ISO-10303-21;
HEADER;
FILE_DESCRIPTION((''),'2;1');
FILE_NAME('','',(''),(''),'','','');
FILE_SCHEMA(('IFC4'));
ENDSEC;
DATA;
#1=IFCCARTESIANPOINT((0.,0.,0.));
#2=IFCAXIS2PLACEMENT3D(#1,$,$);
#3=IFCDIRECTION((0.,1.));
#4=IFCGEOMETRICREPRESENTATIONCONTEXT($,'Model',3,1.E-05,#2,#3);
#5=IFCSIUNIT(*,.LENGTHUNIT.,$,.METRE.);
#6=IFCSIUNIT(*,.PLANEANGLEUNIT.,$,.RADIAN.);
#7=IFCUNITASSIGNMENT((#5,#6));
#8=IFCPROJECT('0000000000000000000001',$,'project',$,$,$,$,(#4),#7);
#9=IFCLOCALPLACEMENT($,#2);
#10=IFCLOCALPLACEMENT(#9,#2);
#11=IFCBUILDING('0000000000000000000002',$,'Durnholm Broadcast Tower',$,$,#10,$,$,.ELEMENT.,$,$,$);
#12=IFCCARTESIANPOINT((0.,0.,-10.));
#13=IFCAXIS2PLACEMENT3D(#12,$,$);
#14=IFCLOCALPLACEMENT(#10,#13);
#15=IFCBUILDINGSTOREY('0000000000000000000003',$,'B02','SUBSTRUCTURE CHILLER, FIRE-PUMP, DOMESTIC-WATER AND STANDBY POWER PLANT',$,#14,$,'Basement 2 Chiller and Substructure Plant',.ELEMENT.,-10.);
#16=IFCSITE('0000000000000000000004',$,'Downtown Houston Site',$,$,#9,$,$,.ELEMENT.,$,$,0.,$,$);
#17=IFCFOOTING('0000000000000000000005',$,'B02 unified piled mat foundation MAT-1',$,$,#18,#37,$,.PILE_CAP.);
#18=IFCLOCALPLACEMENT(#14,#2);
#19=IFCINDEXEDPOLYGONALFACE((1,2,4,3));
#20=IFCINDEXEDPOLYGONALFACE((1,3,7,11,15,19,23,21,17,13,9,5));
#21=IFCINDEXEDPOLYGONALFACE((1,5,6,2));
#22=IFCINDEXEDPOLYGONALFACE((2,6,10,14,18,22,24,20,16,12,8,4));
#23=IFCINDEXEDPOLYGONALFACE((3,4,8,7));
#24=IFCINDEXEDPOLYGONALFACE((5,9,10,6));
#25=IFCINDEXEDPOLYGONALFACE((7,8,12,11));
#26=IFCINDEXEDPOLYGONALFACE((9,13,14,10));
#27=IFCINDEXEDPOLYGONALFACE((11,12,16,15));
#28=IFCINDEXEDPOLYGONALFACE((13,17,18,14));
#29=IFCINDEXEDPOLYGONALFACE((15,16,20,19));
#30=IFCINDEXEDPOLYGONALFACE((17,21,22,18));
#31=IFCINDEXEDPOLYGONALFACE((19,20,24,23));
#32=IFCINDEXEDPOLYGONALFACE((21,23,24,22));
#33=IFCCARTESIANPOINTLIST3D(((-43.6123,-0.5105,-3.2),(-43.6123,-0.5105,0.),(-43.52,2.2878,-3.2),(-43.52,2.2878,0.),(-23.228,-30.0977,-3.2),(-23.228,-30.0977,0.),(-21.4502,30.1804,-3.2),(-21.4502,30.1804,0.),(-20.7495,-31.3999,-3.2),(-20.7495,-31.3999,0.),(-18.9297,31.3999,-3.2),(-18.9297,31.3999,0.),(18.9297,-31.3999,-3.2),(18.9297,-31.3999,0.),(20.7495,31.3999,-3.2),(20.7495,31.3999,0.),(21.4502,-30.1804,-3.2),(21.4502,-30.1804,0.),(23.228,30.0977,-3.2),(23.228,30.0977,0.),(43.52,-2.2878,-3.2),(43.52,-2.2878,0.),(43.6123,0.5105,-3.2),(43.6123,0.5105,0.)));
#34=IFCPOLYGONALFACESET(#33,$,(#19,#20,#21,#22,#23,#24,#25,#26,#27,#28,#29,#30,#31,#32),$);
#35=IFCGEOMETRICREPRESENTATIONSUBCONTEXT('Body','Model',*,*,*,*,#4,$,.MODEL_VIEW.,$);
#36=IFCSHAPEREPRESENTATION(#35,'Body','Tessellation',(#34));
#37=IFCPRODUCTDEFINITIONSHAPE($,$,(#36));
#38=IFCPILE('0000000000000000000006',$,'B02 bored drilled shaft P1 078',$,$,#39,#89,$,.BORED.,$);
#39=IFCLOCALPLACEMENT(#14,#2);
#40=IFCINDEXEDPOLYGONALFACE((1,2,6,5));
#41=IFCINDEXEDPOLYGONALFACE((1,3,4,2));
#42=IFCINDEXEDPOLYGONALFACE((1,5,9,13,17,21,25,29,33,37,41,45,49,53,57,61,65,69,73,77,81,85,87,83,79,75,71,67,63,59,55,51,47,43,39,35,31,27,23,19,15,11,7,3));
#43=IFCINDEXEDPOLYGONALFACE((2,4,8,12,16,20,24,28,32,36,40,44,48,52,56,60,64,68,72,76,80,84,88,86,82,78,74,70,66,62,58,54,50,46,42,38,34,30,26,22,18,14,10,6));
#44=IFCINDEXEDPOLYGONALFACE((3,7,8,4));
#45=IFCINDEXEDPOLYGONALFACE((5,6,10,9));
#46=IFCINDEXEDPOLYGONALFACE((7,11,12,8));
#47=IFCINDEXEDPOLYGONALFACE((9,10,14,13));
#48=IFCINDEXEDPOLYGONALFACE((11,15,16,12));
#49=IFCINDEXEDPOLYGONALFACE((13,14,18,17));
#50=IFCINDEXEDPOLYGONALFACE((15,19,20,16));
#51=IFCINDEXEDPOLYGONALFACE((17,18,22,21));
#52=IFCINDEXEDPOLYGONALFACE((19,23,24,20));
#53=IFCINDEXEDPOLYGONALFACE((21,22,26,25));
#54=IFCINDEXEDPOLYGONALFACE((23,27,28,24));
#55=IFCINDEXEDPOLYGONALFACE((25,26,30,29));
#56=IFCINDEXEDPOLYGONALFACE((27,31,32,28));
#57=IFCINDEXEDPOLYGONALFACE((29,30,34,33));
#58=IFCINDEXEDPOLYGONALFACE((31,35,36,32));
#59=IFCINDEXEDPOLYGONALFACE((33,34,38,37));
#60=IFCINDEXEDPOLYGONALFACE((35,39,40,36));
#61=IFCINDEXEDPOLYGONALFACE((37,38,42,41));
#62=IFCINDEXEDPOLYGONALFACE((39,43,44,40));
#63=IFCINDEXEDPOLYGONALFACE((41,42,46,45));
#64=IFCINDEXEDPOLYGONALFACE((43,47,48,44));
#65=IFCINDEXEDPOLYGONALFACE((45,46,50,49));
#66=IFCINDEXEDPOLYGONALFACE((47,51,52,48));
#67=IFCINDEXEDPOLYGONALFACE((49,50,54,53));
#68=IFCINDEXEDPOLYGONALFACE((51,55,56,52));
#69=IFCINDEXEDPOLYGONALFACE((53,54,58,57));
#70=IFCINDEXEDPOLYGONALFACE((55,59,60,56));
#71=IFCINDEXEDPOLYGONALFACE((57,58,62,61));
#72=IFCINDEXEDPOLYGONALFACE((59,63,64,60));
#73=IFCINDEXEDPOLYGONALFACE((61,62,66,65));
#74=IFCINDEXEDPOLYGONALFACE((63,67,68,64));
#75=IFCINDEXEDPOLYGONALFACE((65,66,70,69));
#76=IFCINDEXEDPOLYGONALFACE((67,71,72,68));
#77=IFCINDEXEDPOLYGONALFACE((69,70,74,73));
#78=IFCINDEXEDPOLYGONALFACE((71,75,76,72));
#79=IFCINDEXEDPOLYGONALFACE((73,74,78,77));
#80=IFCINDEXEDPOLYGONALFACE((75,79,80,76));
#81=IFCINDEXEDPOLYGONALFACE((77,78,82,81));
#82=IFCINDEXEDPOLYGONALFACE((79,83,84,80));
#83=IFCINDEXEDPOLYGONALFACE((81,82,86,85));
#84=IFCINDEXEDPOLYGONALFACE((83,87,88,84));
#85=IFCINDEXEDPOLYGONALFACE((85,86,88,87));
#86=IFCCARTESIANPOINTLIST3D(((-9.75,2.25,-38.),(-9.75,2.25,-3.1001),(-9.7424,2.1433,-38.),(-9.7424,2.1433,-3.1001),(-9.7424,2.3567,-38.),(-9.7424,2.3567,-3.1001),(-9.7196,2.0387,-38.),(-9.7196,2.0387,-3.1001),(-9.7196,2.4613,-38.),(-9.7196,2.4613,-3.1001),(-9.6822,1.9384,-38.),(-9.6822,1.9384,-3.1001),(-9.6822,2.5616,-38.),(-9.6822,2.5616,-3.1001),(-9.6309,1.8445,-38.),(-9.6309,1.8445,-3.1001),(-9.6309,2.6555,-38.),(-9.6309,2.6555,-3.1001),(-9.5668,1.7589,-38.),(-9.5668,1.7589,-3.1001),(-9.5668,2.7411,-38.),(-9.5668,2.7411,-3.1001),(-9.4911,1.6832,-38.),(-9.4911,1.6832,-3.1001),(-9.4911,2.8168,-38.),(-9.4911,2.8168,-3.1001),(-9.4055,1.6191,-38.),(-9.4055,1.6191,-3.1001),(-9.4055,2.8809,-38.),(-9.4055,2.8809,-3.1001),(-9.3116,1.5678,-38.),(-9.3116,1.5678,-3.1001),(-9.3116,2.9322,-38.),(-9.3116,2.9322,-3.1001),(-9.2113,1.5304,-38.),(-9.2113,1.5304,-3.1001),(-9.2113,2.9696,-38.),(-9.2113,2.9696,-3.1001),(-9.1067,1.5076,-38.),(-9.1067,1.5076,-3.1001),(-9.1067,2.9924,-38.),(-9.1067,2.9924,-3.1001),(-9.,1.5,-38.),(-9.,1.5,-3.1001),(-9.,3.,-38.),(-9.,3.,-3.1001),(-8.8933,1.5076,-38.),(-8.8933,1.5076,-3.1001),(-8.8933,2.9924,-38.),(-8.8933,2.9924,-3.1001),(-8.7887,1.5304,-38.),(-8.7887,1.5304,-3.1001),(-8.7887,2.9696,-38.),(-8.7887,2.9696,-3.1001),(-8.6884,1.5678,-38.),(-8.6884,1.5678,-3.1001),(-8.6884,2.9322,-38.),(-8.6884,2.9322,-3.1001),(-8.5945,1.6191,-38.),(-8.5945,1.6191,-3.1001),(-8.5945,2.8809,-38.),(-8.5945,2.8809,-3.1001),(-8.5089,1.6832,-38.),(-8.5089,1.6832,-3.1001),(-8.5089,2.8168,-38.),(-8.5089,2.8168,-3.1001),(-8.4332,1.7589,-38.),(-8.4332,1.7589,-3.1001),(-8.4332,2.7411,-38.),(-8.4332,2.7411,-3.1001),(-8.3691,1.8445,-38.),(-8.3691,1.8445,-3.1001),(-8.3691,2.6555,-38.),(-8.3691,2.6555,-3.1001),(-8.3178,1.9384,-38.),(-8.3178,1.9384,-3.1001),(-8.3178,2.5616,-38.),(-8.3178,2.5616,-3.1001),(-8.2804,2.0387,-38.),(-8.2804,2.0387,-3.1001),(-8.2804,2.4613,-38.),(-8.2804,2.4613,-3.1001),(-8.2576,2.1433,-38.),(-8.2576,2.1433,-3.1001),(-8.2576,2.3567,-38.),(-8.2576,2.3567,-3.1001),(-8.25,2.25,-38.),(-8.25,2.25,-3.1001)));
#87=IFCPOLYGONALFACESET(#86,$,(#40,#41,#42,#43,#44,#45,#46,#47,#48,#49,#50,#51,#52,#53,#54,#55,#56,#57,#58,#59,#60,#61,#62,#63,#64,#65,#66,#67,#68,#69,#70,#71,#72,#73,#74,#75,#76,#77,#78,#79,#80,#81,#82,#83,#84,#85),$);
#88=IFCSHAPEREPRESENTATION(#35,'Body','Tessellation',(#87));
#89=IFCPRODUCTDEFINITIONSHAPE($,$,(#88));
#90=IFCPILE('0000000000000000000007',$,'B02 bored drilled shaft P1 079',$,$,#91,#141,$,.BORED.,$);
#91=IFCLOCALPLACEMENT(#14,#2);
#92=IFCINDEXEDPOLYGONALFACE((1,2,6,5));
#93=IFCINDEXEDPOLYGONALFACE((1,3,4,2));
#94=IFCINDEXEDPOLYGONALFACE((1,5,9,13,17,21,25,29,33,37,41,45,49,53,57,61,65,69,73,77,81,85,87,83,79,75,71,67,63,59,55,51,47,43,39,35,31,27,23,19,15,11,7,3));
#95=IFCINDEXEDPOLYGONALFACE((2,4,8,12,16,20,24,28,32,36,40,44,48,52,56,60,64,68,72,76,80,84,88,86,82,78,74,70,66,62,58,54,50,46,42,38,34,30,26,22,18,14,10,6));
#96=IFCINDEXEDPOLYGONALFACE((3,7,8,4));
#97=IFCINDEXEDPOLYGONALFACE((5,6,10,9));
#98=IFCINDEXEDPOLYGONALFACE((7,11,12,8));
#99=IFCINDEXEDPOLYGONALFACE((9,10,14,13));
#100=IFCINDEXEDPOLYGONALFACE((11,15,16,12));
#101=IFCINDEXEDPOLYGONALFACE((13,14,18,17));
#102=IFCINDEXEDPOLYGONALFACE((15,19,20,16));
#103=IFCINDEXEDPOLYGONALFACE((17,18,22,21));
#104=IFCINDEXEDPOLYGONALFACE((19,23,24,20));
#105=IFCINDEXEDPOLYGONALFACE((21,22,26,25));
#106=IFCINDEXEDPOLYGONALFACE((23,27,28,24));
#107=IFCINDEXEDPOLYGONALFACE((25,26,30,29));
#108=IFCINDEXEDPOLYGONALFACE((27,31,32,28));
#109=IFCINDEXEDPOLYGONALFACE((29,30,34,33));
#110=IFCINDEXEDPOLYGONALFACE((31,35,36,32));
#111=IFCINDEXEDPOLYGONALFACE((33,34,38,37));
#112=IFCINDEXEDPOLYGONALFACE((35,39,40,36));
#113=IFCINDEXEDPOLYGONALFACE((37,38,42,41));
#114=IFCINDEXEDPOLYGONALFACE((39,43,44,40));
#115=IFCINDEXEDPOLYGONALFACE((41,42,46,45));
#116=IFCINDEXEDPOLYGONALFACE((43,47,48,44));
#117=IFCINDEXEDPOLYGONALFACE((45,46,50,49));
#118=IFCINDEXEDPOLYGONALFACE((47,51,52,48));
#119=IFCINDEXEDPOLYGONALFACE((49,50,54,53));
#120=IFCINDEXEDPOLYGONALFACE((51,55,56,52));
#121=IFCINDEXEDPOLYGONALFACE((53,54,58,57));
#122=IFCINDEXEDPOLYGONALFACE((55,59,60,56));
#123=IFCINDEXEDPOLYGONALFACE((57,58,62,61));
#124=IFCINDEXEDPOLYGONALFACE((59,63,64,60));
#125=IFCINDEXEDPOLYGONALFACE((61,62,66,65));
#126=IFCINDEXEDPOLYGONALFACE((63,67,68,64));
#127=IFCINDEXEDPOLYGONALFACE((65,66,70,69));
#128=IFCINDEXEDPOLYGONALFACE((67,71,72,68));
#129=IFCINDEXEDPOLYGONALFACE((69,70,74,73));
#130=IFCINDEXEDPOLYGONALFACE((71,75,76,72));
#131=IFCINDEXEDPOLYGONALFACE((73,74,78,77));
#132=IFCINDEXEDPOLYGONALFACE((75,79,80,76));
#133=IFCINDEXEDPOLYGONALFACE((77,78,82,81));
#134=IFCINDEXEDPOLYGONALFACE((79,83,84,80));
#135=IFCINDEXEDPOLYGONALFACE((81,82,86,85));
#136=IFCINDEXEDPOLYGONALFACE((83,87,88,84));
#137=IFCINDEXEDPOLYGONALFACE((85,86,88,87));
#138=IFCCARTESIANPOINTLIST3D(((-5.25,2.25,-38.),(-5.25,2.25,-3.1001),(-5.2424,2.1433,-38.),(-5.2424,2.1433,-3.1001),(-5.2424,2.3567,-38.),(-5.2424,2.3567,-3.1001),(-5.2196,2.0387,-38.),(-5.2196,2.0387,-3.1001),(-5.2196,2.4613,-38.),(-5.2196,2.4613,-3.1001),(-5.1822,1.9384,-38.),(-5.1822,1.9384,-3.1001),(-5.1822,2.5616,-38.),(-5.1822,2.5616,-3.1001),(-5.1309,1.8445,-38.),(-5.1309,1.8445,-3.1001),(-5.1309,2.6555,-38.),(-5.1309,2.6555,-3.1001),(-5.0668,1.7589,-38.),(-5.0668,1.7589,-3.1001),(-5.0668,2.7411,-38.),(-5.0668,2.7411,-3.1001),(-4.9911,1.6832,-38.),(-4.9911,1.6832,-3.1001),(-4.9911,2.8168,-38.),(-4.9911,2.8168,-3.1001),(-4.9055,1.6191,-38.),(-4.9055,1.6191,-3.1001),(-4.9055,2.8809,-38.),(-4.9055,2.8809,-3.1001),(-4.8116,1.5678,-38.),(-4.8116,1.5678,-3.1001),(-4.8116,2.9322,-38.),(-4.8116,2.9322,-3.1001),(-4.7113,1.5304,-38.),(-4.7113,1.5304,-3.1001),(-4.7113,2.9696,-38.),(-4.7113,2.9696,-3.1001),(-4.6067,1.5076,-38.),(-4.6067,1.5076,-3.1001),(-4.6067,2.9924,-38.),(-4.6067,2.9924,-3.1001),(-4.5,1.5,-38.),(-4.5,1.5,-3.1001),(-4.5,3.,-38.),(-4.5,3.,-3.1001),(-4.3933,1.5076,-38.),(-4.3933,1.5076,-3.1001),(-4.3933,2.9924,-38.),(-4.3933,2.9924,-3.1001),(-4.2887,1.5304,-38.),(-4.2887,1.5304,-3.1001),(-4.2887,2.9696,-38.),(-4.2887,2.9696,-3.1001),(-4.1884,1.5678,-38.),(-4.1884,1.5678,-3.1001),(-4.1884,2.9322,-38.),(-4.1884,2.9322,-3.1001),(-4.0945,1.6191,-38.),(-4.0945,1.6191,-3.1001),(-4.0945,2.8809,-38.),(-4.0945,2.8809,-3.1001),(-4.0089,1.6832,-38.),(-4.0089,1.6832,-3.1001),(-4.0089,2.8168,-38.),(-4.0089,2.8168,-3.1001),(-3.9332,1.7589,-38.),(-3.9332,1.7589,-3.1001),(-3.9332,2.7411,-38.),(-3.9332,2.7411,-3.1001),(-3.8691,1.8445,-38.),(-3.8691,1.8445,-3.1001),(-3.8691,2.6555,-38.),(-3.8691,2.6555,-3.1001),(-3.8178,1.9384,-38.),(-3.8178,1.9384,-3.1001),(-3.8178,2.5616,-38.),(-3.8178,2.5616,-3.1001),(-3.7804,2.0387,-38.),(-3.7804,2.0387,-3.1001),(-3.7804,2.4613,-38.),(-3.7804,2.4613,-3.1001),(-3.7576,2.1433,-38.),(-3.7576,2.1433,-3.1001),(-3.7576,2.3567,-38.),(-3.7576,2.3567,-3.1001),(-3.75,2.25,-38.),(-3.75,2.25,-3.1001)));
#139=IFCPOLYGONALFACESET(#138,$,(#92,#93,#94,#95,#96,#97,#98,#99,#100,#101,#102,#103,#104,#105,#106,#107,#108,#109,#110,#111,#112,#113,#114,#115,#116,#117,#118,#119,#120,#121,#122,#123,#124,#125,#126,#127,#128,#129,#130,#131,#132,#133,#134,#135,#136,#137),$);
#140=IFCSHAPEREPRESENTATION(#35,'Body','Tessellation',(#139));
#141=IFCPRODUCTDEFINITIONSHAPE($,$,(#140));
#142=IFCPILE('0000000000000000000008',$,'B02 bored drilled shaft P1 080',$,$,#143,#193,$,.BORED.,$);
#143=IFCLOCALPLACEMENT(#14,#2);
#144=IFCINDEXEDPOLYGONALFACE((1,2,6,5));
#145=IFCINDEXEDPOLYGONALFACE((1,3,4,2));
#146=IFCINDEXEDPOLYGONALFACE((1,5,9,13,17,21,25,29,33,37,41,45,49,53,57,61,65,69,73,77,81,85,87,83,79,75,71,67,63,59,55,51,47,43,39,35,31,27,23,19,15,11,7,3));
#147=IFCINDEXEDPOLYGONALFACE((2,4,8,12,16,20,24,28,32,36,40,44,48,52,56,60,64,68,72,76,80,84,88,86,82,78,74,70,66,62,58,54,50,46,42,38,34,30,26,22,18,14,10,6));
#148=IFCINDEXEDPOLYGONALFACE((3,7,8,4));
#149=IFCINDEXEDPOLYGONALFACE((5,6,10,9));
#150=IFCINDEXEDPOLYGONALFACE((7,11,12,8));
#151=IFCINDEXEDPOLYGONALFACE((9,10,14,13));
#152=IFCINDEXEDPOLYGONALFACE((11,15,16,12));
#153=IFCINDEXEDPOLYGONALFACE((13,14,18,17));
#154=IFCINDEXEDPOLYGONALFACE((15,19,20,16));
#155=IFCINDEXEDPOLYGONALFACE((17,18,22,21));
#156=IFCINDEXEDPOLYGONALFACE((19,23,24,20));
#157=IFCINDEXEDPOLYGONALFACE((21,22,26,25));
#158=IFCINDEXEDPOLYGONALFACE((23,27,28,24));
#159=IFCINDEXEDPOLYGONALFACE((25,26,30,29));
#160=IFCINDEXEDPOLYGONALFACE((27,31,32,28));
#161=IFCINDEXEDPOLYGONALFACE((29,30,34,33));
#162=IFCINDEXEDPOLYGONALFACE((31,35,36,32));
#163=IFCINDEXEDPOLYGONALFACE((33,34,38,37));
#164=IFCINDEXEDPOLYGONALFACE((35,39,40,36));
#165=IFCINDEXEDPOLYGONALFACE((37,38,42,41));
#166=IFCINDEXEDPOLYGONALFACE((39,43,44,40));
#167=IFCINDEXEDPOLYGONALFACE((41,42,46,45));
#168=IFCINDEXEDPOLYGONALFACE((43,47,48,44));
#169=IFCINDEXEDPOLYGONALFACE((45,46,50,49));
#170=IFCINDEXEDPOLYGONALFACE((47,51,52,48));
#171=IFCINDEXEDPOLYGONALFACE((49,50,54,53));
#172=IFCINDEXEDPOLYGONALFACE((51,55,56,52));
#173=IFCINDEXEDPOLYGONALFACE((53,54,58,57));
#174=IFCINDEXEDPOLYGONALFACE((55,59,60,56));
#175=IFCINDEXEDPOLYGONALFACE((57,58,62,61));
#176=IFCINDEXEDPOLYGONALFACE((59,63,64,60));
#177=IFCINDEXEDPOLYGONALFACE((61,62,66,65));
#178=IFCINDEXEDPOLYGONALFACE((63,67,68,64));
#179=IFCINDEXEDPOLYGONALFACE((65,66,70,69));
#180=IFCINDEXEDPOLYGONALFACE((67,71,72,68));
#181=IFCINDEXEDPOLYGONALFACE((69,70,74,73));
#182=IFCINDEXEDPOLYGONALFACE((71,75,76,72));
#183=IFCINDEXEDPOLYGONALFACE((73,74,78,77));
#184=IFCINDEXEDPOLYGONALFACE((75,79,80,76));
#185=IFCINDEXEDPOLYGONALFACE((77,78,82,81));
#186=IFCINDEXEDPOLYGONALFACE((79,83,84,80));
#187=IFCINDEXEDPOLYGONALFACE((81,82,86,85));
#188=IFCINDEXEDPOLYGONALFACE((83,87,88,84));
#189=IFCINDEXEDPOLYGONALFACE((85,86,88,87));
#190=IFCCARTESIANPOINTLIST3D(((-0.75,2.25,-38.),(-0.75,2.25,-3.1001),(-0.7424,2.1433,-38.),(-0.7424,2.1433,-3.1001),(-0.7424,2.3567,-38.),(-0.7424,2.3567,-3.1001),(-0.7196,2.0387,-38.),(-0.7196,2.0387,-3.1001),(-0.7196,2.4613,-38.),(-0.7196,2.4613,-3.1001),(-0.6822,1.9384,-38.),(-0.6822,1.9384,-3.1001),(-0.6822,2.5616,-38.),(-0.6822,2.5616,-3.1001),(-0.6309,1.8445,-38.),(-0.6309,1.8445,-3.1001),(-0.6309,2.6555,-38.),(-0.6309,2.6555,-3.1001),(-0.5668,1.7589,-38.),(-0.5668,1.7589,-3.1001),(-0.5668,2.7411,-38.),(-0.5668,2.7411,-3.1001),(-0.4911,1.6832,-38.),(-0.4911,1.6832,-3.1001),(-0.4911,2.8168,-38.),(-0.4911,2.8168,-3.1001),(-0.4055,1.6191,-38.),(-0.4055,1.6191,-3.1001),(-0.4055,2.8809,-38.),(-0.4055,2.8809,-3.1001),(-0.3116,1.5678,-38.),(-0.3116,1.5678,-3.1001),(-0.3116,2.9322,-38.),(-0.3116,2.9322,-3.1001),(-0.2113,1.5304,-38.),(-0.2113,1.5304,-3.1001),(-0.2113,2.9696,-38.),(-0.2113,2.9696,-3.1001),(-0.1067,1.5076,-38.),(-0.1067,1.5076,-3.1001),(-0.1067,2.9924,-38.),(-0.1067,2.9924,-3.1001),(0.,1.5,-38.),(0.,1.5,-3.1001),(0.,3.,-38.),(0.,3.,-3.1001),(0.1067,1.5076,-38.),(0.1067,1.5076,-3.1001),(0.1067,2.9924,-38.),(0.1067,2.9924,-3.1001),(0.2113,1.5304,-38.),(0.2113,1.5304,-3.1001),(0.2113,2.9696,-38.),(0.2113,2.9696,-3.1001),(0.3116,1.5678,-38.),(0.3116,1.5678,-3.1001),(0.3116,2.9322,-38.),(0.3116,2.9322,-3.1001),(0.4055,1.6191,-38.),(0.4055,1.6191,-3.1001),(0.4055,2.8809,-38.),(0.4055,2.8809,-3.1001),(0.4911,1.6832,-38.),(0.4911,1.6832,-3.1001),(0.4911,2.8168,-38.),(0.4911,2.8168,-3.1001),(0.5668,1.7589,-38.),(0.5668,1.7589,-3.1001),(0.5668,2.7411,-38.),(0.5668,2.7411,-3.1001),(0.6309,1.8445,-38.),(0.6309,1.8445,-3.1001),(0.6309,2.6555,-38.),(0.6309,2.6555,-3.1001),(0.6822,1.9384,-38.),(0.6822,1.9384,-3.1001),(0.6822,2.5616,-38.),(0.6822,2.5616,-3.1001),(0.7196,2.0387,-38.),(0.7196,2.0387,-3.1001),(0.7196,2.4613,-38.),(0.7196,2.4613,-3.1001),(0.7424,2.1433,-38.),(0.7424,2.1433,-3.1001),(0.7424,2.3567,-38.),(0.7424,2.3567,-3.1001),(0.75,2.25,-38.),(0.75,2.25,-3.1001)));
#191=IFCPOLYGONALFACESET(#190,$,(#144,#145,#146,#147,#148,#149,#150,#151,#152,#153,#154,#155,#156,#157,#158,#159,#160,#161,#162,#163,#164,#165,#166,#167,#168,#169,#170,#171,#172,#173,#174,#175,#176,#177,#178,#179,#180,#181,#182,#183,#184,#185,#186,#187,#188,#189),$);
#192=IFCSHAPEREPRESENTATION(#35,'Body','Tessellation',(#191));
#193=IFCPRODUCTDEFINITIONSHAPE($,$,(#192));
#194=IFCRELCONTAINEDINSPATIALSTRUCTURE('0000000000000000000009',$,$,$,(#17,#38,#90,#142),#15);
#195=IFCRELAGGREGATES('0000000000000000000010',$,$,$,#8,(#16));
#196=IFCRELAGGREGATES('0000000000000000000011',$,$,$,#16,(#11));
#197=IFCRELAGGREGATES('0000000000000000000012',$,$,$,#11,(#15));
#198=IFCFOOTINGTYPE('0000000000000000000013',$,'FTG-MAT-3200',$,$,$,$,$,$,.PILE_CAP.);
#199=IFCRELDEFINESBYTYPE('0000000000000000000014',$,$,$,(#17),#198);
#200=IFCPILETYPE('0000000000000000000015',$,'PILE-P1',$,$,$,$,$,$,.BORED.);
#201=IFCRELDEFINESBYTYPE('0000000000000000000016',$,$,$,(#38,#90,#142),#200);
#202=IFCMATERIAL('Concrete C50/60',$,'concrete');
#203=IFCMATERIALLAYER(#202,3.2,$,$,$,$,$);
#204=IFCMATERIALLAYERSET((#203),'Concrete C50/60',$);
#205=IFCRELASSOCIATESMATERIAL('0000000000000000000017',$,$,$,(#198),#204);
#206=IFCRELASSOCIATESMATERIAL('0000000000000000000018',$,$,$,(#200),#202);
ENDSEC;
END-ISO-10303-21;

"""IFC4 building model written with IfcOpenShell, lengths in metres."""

from ifc_helpers import new_model, si_unit, direction, frame, origin, origin_2d, place, context, subcontext, project, spatial, polyline, circle, outline, extrude, source, transform, mapped, material, layer, layer_set, material_profile, profile_set, type_object, type_shapes, element, save


model = new_model("IFC4")

# Units and contexts
model_context = context("Model", 3, precision=1e-05, world=origin(), true_north=direction((0.0, 1.0)))
body_context = subcontext(model_context, "Body", "Model", "MODEL_VIEW")
ifc_project = project(units=[si_unit("LENGTHUNIT", "METRE"), si_unit("PLANEANGLEUNIT", "RADIAN")], contexts=[model_context])

# Site, building, storey
site_placement = place(None, origin())
site = spatial("IfcSite", under=ifc_project, at=site_placement, Name="Downtown Houston Site", CompositionType="ELEMENT", RefElevation=0.0)
building_placement = place(site_placement, origin())
building = spatial("IfcBuilding", under=site, at=building_placement, Name="Durnholm Broadcast Tower", CompositionType="ELEMENT")
storey_placement = place(building_placement, frame((0.0, 0.0, -10.0)))
storey = spatial("IfcBuildingStorey", under=building, at=storey_placement, Name="B02", Description="SUBSTRUCTURE CHILLER, FIRE-PUMP, DOMESTIC-WATER AND STANDBY POWER PLANT", LongName="Basement 2 Chiller and Substructure Plant", CompositionType="ELEMENT", Elevation=-10.0)

# Footing
ifc_material_1 = material(Name="Concrete C50/60", Category="concrete")
ifc_layer_1 = layer(ifc_material_1, 3.2)
ifc_layer_set_1 = layer_set([ifc_layer_1], Name="Concrete C50/60")
footing_type = type_object("IfcFootingType", Name="FTG-MAT-3200", PredefinedType="PILE_CAP", material=ifc_layer_set_1)
footing_placement = place(storey_placement, frame((0.0, 0.0, -3.2)))
element("IfcFooting", 1, at=footing_placement, inside=storey, type_object=footing_type, Name="B02 unified piled mat foundation MAT-1", PredefinedType="PILE_CAP", context=body_context, shape_type="SweptSolid", body=[
    extrude(outline(polyline([(-23.228, -30.0977), (-20.7495, -31.3999), (18.9297, -31.3999), (21.4502, -30.1804), (43.52, -2.2878), (43.6123, 0.5105), (23.228, 30.0977), (20.7495, 31.3999), (-18.9297, 31.3999), (-21.4502, 30.1804), (-43.52, 2.2878), (-43.6123, -0.5105), (-23.228, -30.0977)])), origin(), (0.0, 0.0, 1.0), 3.2),
])

# Piles
ifc_material_profile_1 = material_profile(ifc_material_1, circle(Radius=0.75, at=origin_2d()), Name="PILE1500")
ifc_profile_set_1 = profile_set([ifc_material_profile_1], Name="Concrete C50/60")
pile_type = type_object("IfcPileType", Name="PILE-P1", PredefinedType="BORED", material=ifc_profile_set_1)
shared_shape_1 = source(origin(), body_context, "Body", "SweptSolid", [
    extrude(circle(Radius=0.75, at=origin_2d()), origin(), (0.0, 0.0, 1.0), 34.8999),
])
type_shapes(pile_type, [shared_shape_1])
for number, where, z_axis, x_axis, name in (
    (2, (-9.0, 2.25, -3.1001), (0.0, 0.0, -1.0), (1.0, 0.0, 0.0), "B02 bored drilled shaft P1 078"),
    (3, (-4.5, 2.25, -3.1001), (0.0, 0.0, -1.0), (1.0, 0.0, 0.0), "B02 bored drilled shaft P1 079"),
    (4, (0.0, 2.25, -3.1001), (0.0, 0.0, -1.0), (1.0, 0.0, 0.0), "B02 bored drilled shaft P1 080"),
):
    element("IfcPile", number, at=place(storey_placement, frame(where, z_axis=z_axis, x_axis=x_axis)), inside=storey, type_object=pile_type, Name=name, PredefinedType="BORED", context=body_context, shape_type="MappedRepresentation", body=[
        mapped(shared_shape_1, transform((0.0, 0.0, 0.0), x_axis=(1.0, 0.0, 0.0), y_axis=(0.0, 1.0, 0.0), z_axis=(0.0, 0.0, 1.0), scale=1.0)),
    ])

save(model, "model.ifc")
